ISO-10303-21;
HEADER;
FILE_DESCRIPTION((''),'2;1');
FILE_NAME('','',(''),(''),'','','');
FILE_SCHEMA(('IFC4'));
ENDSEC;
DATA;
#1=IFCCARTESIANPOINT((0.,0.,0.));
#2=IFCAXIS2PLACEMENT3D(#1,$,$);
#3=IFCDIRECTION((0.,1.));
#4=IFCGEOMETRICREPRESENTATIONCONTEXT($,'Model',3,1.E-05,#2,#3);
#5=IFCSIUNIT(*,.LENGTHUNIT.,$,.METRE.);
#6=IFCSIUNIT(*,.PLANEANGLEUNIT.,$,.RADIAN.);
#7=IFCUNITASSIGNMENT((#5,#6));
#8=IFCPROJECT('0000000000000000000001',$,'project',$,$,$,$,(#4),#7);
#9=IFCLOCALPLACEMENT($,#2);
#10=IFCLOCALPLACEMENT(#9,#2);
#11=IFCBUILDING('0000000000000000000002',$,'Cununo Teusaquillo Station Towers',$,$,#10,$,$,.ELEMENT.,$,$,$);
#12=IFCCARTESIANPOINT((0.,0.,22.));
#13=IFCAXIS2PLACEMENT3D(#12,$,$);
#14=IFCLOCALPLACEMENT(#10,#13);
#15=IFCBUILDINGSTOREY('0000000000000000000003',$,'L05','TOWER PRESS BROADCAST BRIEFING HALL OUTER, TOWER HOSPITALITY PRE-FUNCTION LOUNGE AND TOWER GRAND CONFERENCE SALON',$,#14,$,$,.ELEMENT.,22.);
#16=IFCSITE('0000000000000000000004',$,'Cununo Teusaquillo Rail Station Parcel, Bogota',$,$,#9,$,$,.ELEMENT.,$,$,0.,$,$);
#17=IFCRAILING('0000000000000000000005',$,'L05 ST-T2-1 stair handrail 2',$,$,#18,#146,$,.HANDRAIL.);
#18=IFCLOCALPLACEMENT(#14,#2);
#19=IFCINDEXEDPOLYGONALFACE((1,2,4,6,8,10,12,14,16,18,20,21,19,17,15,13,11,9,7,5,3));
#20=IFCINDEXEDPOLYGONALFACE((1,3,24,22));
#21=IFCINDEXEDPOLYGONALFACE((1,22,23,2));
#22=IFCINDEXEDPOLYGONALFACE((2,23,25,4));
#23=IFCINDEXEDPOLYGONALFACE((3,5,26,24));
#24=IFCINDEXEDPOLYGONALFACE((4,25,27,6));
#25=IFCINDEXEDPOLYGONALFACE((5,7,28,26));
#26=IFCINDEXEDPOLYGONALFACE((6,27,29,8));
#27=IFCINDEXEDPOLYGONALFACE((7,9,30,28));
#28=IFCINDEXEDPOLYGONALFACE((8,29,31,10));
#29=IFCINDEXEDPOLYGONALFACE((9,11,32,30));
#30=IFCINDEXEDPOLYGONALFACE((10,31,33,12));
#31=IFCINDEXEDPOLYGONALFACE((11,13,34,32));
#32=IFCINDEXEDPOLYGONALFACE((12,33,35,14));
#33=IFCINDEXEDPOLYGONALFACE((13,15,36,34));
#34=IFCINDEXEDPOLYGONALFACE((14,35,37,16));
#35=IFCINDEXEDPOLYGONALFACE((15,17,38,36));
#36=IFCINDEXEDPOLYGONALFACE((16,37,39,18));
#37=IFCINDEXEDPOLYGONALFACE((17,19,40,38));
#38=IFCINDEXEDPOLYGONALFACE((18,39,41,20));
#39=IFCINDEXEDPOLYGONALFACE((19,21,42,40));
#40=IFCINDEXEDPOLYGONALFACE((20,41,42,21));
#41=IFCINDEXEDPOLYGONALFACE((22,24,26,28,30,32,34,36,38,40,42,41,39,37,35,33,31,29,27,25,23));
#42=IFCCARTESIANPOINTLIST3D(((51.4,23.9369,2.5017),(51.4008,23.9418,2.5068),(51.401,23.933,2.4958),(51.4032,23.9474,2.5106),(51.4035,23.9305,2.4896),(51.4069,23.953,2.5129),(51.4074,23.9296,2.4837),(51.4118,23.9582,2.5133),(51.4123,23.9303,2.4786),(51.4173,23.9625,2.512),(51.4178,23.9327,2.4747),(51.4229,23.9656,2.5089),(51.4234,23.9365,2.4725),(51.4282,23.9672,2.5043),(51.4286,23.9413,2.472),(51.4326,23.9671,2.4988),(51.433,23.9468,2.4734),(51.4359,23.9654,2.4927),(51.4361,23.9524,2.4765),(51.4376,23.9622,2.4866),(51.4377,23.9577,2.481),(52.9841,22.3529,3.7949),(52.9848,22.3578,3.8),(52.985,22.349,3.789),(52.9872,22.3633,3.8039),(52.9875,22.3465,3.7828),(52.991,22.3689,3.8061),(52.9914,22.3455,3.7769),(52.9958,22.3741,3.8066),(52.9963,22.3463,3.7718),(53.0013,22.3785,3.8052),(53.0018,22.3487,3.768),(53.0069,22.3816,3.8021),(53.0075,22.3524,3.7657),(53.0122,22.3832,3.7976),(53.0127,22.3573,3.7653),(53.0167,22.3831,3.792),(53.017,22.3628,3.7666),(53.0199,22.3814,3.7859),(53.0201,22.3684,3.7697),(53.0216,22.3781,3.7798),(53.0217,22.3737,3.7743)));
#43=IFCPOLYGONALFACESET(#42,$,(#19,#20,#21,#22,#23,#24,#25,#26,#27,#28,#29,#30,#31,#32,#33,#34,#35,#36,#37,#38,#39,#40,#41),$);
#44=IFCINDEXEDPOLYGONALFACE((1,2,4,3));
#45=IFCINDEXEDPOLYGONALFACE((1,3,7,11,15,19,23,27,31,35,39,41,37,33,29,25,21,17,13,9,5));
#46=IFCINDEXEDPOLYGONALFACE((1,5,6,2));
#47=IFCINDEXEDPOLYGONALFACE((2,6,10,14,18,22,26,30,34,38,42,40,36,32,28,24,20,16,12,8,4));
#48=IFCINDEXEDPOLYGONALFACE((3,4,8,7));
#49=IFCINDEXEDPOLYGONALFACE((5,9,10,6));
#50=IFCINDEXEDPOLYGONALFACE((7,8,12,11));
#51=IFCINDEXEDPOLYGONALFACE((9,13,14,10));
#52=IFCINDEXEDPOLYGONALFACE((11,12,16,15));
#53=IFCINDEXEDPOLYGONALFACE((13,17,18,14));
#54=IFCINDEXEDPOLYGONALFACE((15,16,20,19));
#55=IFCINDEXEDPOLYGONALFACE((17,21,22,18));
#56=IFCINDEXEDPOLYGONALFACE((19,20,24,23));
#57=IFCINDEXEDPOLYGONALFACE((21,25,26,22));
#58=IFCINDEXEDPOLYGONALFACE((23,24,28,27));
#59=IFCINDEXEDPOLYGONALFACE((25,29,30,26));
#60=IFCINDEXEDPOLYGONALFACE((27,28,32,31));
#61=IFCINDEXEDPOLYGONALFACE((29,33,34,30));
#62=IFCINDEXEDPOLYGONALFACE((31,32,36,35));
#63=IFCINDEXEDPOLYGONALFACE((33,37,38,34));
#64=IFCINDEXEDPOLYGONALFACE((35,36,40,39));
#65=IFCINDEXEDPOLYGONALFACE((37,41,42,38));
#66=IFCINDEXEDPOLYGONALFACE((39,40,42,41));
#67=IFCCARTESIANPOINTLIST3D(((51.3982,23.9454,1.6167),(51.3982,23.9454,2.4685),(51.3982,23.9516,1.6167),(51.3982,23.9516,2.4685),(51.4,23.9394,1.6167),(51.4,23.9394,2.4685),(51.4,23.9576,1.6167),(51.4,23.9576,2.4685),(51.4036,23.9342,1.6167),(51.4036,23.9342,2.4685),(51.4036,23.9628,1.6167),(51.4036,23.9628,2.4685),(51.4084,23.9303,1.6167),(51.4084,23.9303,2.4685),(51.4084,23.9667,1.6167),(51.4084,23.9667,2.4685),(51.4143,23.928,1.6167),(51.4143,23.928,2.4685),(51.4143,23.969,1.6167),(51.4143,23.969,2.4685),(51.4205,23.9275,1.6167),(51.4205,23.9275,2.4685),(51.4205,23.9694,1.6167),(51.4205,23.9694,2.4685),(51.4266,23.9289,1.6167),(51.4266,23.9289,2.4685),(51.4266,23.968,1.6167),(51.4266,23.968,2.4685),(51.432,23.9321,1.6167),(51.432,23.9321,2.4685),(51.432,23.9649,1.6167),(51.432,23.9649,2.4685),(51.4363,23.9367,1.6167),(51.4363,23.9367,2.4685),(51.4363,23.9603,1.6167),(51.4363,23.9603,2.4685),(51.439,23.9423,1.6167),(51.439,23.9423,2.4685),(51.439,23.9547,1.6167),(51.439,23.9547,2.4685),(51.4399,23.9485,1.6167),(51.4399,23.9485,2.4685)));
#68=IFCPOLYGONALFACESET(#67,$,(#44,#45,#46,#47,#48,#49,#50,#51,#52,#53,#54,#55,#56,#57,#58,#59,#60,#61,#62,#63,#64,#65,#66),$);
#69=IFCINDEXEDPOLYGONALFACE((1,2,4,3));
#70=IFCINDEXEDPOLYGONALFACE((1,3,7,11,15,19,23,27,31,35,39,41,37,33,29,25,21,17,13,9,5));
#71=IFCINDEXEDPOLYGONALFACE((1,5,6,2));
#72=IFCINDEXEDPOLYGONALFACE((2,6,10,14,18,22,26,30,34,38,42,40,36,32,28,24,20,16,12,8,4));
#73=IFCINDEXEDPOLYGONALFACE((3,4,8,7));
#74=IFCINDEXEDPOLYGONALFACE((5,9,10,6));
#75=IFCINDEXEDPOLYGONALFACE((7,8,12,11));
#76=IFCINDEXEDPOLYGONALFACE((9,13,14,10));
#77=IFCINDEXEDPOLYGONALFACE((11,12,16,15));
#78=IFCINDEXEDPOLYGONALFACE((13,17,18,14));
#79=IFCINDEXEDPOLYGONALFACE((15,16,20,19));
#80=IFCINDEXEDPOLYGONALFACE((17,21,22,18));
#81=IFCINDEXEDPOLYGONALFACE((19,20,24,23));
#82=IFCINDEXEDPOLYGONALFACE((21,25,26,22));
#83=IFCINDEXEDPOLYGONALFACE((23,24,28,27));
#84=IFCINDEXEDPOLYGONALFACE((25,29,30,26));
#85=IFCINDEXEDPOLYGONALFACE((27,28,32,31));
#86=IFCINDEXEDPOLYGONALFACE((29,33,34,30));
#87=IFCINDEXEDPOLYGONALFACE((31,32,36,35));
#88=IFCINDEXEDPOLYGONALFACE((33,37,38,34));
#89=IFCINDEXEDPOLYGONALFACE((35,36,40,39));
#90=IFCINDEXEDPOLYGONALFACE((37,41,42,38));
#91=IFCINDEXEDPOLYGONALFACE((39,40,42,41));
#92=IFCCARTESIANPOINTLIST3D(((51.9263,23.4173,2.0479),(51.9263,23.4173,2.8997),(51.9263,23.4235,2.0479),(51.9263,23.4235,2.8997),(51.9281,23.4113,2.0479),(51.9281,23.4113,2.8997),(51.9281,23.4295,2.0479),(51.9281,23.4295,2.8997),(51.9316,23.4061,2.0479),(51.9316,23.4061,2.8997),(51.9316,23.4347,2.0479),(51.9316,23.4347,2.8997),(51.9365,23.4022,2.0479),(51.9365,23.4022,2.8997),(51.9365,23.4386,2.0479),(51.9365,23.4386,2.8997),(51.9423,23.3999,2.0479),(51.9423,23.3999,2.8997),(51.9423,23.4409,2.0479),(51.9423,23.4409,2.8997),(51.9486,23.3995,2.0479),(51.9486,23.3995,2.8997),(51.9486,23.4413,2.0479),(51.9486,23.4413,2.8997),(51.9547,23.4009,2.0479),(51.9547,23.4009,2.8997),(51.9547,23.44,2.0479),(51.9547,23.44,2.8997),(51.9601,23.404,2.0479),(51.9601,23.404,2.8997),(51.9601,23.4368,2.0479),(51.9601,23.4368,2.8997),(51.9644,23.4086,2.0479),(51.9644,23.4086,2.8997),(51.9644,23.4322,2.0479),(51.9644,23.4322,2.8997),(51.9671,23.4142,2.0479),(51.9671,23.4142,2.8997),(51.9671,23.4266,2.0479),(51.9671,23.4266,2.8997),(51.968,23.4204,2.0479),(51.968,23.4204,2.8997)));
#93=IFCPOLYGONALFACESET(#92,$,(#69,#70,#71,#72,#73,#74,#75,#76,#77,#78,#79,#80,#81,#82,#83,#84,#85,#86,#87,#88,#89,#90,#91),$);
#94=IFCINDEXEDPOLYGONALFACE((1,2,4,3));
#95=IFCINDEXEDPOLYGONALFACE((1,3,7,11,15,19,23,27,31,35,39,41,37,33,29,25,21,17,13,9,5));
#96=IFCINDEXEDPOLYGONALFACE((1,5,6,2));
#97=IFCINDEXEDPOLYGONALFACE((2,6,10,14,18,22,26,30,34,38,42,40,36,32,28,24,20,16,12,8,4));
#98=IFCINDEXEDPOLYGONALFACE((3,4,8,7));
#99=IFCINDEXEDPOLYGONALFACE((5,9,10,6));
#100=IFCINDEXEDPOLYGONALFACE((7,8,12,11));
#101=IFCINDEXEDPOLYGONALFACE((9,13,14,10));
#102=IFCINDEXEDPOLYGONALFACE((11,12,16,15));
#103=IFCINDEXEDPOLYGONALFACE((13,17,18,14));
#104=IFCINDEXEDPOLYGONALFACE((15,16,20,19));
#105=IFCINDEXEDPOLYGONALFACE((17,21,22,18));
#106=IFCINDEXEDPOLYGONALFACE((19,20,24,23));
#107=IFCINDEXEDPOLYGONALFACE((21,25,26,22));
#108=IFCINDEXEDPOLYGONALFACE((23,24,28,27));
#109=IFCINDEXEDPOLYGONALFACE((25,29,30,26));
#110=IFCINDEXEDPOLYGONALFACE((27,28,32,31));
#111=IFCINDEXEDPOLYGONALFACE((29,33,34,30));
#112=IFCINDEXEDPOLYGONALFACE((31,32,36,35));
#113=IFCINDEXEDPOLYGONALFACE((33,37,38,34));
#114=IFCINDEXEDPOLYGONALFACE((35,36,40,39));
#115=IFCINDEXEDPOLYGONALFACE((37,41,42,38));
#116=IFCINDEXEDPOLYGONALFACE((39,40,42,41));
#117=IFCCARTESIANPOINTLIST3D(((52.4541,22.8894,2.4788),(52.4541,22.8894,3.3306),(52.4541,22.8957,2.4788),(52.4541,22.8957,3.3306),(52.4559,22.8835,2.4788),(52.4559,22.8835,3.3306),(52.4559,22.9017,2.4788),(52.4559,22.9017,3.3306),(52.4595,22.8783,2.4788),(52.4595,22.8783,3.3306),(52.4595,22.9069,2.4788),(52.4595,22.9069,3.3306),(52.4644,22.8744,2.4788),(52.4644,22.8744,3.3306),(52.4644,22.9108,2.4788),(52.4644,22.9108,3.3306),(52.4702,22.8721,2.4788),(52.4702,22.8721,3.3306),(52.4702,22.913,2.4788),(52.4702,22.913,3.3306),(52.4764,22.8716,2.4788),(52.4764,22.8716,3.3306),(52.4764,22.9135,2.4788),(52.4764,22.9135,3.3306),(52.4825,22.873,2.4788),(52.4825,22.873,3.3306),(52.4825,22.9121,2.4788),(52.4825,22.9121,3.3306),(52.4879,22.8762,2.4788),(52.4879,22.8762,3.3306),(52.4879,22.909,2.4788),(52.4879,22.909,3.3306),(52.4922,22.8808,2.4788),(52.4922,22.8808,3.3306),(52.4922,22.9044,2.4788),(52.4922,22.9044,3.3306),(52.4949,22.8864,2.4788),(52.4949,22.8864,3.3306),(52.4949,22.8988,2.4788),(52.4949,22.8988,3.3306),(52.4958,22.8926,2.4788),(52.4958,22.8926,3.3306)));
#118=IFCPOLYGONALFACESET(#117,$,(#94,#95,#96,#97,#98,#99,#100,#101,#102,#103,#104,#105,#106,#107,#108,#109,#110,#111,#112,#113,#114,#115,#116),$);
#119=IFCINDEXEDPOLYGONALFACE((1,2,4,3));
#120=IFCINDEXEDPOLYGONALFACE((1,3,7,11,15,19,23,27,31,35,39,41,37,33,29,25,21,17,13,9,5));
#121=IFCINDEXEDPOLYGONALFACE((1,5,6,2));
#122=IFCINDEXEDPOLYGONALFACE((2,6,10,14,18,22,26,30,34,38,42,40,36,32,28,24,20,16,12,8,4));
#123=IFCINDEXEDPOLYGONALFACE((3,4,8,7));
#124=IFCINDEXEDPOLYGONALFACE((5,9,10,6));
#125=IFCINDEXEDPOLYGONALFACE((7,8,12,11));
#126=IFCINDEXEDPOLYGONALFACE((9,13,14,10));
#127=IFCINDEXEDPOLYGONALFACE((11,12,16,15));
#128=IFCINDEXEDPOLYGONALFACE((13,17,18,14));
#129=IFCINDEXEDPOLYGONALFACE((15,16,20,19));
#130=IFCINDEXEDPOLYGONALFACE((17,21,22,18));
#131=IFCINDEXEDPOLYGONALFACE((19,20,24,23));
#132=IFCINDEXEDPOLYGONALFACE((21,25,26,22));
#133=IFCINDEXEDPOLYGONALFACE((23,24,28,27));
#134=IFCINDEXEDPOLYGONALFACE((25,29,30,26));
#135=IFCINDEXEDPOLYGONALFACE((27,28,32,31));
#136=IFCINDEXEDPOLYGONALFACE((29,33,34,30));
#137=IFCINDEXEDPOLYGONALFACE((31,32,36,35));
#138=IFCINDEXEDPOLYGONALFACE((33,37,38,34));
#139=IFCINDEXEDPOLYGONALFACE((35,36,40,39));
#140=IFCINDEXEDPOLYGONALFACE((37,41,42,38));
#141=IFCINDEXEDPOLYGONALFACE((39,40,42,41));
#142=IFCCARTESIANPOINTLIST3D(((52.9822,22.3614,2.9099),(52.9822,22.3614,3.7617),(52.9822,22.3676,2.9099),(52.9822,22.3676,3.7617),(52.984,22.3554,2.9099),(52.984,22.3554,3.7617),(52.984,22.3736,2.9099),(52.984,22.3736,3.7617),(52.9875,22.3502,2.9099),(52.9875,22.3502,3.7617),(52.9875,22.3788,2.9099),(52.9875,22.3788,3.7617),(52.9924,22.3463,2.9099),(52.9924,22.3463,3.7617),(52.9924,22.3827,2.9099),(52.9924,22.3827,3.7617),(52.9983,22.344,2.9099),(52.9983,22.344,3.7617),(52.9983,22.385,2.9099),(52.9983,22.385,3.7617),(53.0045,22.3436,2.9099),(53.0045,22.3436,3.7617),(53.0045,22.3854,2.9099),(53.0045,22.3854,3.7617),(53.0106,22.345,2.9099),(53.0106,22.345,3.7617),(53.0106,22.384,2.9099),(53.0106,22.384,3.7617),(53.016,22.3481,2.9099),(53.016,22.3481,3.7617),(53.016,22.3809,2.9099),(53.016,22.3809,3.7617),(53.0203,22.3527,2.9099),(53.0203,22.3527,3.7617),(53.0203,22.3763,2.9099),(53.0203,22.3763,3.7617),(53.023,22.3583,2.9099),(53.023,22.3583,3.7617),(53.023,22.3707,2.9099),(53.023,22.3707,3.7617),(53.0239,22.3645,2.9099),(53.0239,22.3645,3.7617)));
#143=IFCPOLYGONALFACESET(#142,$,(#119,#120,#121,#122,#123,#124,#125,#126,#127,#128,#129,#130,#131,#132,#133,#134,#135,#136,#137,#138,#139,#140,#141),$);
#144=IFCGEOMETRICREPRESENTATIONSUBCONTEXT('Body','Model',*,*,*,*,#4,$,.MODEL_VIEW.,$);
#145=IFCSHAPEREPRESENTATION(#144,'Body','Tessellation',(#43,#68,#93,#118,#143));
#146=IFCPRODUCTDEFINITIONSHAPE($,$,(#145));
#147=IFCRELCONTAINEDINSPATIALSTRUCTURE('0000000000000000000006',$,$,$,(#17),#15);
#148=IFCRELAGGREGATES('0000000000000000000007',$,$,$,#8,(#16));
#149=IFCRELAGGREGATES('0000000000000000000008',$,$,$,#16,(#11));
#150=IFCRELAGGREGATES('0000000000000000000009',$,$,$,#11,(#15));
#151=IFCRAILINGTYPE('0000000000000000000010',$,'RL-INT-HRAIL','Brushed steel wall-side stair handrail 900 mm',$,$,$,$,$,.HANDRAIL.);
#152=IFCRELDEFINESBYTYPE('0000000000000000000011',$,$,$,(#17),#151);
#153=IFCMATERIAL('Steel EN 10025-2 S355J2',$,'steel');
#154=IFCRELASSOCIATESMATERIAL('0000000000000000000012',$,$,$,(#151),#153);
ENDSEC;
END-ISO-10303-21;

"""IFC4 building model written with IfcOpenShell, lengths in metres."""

from ifc_helpers import new_model, si_unit, direction, frame, origin, origin_2d, place, context, subcontext, project, spatial, circle, extrude, material, type_object, element, save


model = new_model("IFC4")

# Units and contexts
model_context = context("Model", 3, precision=1e-05, world=origin(), true_north=direction((0.0, 1.0)))
body_context = subcontext(model_context, "Body", "Model", "MODEL_VIEW")
ifc_project = project(units=[si_unit("LENGTHUNIT", "METRE"), si_unit("PLANEANGLEUNIT", "RADIAN")], contexts=[model_context])

# Site, building, storey
site_placement = place(None, origin())
site = spatial("IfcSite", under=ifc_project, at=site_placement, Name="Cununo Teusaquillo Rail Station Parcel, Bogota", CompositionType="ELEMENT", RefElevation=0.0)
building_placement = place(site_placement, origin())
building = spatial("IfcBuilding", under=site, at=building_placement, Name="Cununo Teusaquillo Station Towers", CompositionType="ELEMENT")
storey_placement = place(building_placement, frame((0.0, 0.0, 22.0)))
storey = spatial("IfcBuildingStorey", under=building, at=storey_placement, Name="L05", Description="TOWER PRESS BROADCAST BRIEFING HALL OUTER, TOWER HOSPITALITY PRE-FUNCTION LOUNGE AND TOWER GRAND CONFERENCE SALON", CompositionType="ELEMENT", Elevation=22.0)

# Railing
ifc_material_1 = material(Name="Steel EN 10025-2 S355J2", Category="steel")
railing_type = type_object("IfcRailingType", Name="RL-INT-HRAIL", Description="Brushed steel wall-side stair handrail 900 mm", PredefinedType="HANDRAIL", material=ifc_material_1)
railing_placement = place(storey_placement, frame((51.4189, 23.9485, 1.6167)))
element("IfcRailing", 1, at=railing_placement, inside=storey, type_object=railing_type, Name="L05 ST-T2-1 stair handrail 2", PredefinedType="HANDRAIL", context=body_context, shape_type="SweptSolid", body=[
    extrude(circle(Radius=0.0239, at=origin_2d()), frame((0.0, 0.0, 0.876), z_axis=(0.612385, -0.612385, 0.49997), x_axis=(0.707107, 0.707107, 0.0)), (0.0, 0.0, 1.0), 2.5867),
    extrude(circle(Radius=0.021, at=origin_2d()), origin(), (0.0, 0.0, 1.0), 0.8518),
    extrude(circle(Radius=0.021, at=origin_2d()), frame((0.5281, -0.5281, 0.4312)), (0.0, 0.0, 1.0), 0.8518),
    extrude(circle(Radius=0.021, at=origin_2d()), frame((1.0559, -1.0559, 0.8621)), (0.0, 0.0, 1.0), 0.8518),
    extrude(circle(Radius=0.021, at=origin_2d()), frame((1.584, -1.584, 1.2932)), (0.0, 0.0, 1.0), 0.8518),
])

save(model, "model.ifc")
